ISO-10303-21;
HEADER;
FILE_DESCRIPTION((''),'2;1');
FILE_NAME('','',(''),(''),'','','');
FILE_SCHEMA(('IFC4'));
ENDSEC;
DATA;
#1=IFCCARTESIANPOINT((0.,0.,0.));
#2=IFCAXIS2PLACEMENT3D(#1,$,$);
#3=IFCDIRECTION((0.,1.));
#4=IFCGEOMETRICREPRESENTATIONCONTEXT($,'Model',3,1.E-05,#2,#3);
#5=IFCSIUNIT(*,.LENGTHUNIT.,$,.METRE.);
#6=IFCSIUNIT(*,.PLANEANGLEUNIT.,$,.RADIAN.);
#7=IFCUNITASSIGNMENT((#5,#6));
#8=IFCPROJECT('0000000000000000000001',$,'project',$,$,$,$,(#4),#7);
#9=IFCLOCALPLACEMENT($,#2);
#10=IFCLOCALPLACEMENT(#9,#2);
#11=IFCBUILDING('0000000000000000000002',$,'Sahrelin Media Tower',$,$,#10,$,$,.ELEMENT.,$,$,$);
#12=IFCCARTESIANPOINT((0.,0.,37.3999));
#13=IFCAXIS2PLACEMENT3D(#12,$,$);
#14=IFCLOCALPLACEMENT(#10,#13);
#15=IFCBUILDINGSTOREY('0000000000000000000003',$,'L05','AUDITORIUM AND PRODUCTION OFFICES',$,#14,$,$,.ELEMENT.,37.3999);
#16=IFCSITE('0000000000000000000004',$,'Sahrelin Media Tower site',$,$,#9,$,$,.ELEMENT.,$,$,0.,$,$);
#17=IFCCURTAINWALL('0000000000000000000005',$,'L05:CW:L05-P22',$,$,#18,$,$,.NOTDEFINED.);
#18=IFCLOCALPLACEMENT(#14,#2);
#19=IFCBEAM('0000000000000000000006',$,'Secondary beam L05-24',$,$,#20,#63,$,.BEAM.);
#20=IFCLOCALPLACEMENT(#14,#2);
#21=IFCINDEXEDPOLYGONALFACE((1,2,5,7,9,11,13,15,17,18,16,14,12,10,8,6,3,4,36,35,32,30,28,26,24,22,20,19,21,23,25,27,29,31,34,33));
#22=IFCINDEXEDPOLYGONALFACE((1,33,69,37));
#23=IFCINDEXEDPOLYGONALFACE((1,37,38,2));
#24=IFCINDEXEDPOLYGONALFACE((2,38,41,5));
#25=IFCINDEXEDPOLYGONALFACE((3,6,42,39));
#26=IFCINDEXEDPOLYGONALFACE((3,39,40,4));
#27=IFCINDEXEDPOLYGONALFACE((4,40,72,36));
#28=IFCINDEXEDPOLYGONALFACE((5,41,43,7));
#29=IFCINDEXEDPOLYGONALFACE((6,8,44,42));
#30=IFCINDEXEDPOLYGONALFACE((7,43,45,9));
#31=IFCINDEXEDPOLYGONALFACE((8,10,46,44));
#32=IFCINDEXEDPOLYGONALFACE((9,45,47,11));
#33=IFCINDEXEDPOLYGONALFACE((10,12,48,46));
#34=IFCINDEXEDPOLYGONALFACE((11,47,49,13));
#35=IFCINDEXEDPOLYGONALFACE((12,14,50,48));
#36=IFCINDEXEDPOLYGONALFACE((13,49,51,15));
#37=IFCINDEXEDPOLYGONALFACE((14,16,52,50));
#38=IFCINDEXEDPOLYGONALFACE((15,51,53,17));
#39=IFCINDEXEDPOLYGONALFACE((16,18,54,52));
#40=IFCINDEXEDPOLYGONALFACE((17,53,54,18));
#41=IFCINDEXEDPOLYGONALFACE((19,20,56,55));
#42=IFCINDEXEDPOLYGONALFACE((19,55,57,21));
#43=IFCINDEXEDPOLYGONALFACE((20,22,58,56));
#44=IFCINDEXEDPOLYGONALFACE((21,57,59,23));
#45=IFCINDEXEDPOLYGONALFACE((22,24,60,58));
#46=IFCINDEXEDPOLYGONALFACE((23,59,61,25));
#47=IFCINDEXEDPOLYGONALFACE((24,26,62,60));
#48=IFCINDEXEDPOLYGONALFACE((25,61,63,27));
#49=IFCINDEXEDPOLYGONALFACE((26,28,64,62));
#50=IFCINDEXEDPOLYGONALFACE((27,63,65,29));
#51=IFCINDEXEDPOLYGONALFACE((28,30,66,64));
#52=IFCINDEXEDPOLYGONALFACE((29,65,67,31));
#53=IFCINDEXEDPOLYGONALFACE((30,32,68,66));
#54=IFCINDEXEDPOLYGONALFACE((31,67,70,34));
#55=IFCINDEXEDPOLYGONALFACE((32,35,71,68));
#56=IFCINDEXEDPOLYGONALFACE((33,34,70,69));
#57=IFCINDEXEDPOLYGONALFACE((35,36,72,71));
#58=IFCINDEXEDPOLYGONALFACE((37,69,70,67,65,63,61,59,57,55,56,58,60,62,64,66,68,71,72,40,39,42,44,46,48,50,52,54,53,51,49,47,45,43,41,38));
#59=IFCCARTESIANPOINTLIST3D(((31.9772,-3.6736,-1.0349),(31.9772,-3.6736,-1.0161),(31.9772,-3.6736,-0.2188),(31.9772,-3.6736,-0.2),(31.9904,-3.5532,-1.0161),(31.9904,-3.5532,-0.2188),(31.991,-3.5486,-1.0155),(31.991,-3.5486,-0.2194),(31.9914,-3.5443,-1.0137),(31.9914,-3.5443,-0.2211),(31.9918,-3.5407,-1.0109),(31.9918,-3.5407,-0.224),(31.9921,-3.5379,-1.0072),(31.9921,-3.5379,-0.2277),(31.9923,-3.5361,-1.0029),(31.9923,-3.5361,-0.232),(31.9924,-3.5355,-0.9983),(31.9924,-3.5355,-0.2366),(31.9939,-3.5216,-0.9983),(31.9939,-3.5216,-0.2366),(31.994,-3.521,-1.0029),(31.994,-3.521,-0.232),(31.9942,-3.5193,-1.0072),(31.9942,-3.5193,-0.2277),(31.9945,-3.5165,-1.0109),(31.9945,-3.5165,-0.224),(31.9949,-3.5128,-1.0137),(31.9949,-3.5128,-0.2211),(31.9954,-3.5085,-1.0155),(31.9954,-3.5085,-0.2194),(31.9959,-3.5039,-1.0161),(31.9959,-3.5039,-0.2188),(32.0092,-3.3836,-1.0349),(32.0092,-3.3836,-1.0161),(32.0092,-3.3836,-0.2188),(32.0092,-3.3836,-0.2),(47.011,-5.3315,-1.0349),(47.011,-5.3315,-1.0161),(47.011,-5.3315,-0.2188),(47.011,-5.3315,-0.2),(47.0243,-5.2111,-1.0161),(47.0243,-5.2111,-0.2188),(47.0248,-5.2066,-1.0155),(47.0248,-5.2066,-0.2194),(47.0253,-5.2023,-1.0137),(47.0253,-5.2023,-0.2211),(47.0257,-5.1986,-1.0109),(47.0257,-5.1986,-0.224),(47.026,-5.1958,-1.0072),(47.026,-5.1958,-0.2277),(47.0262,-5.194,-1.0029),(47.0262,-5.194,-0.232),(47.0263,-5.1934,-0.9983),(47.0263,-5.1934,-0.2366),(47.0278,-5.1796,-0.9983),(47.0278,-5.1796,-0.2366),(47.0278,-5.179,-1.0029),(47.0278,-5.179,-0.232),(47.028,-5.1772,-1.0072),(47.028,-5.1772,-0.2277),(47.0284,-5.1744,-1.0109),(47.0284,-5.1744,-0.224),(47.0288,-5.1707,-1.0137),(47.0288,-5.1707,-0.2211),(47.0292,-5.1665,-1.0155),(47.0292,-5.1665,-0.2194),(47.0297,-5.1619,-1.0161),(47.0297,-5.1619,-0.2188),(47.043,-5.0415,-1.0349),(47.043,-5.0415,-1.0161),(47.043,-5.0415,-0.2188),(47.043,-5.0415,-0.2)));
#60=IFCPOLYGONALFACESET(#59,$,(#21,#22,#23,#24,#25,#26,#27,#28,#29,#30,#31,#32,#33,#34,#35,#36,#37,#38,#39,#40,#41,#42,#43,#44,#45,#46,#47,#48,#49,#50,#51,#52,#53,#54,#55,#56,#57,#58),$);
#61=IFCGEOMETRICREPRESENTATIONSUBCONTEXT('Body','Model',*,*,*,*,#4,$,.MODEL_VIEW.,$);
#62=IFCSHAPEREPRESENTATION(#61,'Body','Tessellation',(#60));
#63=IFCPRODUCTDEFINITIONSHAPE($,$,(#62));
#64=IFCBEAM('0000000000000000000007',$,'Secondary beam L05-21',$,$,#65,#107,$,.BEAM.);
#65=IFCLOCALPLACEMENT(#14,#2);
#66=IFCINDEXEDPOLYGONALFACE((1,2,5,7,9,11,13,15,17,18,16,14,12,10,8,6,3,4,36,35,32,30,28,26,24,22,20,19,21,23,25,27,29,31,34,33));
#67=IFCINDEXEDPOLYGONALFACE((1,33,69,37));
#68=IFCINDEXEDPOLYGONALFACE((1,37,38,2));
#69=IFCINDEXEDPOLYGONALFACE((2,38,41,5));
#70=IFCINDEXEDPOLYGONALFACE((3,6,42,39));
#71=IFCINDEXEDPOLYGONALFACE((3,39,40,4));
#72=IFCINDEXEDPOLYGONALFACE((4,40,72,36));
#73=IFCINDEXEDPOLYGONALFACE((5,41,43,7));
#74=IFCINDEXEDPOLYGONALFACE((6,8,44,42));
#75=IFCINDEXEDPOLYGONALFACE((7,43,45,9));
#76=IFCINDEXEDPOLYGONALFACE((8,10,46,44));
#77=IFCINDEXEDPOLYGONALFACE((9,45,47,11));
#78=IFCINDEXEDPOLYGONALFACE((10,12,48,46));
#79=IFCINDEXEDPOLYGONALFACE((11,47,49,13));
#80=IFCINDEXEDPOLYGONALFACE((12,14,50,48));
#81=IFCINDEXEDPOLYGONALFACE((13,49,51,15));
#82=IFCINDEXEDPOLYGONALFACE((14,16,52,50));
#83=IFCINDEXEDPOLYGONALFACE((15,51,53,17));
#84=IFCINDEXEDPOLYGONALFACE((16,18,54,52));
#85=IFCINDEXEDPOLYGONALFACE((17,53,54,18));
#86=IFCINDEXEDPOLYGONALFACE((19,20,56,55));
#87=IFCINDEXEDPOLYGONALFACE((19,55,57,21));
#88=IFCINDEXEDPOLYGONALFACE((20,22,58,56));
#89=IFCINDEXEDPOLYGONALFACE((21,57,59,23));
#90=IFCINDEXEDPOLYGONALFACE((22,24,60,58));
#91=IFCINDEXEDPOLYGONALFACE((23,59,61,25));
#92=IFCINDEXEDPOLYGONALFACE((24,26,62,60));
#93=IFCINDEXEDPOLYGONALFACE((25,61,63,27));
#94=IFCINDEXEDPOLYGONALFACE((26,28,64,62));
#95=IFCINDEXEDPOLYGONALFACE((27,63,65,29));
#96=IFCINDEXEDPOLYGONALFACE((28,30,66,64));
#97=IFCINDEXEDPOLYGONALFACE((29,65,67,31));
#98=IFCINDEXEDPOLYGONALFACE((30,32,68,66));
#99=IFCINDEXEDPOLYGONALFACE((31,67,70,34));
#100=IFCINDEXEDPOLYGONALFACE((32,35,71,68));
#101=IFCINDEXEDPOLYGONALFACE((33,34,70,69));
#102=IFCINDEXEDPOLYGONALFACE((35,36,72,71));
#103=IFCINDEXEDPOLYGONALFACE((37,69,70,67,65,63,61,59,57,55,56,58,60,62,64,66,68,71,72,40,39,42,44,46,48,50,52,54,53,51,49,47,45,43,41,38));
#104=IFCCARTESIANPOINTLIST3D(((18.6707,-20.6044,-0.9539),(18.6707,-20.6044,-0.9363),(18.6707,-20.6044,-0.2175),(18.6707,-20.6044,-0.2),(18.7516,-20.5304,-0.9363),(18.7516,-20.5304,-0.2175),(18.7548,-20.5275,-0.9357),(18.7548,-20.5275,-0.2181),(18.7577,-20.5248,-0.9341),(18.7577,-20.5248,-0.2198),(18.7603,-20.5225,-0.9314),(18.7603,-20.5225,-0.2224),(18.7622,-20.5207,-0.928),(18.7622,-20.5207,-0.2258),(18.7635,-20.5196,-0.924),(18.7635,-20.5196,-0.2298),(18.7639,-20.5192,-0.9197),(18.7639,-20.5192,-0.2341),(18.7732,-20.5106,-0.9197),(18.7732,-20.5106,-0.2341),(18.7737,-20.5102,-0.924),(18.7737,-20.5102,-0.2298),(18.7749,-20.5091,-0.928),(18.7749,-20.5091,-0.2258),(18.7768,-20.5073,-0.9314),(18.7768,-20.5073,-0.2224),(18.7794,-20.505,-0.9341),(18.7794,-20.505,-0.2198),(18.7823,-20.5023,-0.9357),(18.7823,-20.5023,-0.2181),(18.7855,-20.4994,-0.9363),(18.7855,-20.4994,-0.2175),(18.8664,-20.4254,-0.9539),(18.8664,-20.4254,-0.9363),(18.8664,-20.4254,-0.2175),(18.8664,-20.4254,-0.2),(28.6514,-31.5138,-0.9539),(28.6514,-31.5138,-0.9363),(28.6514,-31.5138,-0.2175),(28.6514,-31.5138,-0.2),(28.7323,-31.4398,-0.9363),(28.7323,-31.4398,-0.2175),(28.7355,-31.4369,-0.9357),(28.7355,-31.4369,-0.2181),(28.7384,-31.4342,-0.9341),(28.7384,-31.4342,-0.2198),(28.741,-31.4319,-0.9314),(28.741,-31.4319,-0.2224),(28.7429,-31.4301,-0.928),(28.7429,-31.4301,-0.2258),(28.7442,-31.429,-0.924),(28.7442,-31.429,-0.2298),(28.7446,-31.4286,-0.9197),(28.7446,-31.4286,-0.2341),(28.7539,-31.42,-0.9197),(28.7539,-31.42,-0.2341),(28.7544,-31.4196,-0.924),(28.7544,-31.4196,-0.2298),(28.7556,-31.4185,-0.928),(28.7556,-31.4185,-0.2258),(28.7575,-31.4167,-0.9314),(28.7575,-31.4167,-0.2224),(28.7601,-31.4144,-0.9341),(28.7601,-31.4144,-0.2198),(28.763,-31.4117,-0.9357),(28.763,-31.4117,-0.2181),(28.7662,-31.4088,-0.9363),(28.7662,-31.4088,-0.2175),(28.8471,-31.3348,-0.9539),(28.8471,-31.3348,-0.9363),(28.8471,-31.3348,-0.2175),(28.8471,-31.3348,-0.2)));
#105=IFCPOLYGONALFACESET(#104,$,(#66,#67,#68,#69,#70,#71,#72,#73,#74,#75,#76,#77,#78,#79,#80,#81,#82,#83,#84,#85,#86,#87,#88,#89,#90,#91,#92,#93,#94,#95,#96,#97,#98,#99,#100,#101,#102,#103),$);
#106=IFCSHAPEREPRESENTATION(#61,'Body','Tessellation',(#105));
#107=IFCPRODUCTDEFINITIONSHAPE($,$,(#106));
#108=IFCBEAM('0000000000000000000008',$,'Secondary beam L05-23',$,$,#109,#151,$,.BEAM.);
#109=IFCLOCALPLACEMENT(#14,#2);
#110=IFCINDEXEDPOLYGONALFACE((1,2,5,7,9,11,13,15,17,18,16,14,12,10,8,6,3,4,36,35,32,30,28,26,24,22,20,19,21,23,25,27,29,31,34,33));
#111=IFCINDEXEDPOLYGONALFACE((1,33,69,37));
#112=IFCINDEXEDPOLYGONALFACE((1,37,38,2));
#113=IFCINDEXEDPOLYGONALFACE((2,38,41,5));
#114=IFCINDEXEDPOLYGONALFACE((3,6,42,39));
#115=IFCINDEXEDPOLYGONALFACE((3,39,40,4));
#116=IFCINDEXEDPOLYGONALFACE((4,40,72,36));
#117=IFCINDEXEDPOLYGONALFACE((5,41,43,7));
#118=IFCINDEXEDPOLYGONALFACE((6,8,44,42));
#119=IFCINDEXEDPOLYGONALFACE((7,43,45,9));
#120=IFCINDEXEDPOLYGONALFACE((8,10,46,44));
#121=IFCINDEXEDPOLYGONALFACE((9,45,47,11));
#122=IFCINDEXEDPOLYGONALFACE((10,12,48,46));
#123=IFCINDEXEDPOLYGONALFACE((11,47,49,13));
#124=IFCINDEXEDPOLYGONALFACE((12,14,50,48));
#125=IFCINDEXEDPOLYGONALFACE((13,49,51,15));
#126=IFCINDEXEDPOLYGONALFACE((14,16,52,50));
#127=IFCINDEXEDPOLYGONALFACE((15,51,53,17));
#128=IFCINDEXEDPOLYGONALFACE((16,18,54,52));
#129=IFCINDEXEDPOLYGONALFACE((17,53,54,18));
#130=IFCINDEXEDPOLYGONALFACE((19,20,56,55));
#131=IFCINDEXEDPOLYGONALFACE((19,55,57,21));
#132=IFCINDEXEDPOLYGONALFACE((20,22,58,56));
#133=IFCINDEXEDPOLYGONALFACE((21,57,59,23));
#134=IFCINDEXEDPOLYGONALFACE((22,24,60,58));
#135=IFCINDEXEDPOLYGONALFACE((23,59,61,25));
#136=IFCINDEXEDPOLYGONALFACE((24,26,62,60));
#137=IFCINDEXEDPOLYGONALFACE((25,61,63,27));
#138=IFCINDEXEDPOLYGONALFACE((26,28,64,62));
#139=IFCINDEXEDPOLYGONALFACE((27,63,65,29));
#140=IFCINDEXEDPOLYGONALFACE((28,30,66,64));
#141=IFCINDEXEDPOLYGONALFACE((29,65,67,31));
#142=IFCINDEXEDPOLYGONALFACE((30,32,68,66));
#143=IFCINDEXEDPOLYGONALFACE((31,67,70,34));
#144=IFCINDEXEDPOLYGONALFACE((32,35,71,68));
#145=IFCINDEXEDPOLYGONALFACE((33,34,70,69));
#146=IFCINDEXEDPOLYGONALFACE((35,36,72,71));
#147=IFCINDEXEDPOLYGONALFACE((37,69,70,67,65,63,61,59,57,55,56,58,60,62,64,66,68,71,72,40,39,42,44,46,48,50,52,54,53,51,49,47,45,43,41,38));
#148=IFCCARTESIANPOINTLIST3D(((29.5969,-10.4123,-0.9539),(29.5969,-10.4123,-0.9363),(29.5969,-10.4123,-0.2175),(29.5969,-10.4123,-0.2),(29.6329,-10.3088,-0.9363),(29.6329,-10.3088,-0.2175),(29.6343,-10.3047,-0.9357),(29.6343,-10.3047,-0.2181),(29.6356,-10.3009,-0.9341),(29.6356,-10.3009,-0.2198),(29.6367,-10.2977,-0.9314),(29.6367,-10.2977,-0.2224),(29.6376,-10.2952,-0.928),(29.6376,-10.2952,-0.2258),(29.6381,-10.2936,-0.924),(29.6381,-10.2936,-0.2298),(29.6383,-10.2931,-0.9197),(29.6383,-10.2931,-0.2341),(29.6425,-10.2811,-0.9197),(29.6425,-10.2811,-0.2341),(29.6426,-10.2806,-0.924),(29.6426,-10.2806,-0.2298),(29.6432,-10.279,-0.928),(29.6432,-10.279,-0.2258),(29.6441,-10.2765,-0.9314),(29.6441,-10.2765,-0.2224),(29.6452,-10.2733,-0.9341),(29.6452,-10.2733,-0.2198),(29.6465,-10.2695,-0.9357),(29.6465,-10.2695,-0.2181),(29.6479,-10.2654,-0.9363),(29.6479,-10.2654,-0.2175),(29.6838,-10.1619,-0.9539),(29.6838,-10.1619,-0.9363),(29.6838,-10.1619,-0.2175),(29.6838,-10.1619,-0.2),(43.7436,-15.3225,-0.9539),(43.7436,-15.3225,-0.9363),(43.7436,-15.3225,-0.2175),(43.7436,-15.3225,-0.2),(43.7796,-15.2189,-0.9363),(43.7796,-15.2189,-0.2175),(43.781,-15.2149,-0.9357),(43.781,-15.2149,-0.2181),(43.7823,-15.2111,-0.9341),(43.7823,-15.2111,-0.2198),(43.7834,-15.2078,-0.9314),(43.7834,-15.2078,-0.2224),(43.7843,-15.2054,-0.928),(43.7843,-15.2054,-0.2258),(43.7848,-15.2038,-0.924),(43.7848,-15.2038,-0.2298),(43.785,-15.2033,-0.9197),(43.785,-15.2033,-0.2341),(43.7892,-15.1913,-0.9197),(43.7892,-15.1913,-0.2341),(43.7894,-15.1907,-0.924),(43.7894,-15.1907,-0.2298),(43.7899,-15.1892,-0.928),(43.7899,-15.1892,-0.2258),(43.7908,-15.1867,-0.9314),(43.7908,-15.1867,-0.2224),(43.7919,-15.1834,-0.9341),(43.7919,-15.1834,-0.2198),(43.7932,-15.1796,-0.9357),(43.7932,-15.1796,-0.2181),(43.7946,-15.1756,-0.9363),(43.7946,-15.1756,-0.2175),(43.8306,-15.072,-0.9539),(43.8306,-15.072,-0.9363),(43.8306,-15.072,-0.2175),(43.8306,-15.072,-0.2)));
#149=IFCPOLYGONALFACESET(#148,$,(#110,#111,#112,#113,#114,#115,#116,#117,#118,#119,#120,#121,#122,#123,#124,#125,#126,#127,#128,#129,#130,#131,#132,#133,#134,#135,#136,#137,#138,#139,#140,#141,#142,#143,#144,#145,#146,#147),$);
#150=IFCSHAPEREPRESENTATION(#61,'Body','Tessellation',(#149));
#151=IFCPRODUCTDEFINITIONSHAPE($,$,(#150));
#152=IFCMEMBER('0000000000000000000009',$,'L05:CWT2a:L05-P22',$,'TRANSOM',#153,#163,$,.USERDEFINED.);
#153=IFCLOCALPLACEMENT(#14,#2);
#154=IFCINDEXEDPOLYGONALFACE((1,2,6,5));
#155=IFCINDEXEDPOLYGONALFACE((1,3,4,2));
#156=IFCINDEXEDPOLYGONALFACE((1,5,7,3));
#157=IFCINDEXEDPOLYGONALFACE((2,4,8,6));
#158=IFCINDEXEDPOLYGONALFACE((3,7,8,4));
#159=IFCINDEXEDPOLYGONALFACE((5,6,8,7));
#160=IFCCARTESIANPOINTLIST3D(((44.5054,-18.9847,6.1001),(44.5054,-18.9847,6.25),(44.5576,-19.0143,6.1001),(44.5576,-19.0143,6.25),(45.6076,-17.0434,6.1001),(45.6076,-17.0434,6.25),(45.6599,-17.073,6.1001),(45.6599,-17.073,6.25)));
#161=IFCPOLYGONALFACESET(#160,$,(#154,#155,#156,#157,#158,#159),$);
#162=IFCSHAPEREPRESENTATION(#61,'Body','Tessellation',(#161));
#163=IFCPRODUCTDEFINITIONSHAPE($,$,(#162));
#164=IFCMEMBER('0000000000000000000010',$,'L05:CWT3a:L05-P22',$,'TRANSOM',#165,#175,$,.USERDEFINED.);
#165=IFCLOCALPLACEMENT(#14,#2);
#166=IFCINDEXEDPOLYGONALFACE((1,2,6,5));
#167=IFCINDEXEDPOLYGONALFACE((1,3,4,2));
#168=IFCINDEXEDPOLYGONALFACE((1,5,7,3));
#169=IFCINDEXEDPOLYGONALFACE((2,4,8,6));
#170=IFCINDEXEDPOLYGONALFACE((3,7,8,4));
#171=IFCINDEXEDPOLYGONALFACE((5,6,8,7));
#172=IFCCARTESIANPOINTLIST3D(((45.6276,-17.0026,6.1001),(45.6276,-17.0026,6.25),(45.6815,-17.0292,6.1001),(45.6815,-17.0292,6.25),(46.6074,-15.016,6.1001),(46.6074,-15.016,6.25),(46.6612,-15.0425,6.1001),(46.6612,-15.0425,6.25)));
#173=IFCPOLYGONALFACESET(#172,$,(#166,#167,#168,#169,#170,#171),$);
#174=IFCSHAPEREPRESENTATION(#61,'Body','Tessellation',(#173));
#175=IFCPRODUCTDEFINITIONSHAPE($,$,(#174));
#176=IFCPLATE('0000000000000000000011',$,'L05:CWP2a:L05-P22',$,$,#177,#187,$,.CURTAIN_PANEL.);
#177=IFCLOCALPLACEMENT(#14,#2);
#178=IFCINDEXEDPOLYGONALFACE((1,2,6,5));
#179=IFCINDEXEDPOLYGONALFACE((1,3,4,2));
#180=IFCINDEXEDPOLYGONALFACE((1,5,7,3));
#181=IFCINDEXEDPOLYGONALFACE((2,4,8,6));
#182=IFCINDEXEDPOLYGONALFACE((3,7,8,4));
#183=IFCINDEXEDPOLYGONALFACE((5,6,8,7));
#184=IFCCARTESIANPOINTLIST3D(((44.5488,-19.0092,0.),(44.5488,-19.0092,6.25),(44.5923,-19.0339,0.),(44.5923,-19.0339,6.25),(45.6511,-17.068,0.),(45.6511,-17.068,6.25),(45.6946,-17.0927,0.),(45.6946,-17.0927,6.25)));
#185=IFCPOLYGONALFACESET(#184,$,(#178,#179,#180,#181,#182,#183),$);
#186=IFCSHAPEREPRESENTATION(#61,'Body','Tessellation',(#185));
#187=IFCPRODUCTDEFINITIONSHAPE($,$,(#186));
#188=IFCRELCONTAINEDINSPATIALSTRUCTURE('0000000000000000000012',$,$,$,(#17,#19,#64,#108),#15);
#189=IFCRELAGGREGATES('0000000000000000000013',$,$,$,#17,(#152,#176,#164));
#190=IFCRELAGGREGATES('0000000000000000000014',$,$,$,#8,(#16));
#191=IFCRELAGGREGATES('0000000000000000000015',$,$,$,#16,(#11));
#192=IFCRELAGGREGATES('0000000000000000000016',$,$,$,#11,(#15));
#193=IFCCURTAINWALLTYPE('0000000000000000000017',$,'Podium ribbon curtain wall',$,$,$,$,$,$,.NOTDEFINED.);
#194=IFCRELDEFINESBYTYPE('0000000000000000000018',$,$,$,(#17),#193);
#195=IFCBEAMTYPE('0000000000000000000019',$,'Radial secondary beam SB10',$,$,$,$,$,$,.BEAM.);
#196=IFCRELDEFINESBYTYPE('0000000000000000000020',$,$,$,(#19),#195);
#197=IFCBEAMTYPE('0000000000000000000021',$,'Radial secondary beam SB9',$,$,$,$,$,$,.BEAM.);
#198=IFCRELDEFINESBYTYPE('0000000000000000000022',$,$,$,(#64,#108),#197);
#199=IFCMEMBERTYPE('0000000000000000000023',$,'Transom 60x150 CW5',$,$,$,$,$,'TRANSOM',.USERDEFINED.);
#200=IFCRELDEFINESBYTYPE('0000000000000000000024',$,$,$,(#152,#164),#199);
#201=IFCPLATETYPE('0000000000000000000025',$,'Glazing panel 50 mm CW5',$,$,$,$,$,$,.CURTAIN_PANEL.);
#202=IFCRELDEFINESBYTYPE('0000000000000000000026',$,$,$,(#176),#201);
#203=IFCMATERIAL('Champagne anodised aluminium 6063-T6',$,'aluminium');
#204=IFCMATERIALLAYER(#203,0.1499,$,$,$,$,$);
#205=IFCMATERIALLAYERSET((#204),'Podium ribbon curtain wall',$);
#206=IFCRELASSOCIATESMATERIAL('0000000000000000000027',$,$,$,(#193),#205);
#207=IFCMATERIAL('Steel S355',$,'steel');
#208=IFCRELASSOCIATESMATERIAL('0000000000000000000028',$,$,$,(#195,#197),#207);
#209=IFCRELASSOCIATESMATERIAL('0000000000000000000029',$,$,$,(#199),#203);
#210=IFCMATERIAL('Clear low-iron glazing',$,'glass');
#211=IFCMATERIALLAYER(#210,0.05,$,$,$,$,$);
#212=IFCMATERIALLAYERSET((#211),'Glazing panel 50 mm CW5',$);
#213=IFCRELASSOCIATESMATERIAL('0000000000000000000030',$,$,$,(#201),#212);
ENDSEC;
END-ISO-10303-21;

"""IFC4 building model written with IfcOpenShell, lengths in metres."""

from ifc_helpers import new_model, si_unit, direction, frame, origin, origin_2d, place, context, subcontext, project, spatial, polyline, rectangle, i_section, outline, extrude, material, layer, layer_set, material_profile, profile_set, type_object, element, aggregate, save


model = new_model("IFC4")

# Units and contexts
model_context = context("Model", 3, precision=1e-05, world=origin(), true_north=direction((0.0, 1.0)))
body_context = subcontext(model_context, "Body", "Model", "MODEL_VIEW")
ifc_project = project(units=[si_unit("LENGTHUNIT", "METRE"), si_unit("PLANEANGLEUNIT", "RADIAN")], contexts=[model_context])

# Site, building, storey
site_placement = place(None, origin())
site = spatial("IfcSite", under=ifc_project, at=site_placement, Name="Sahrelin Media Tower site", CompositionType="ELEMENT", RefElevation=0.0)
building_placement = place(site_placement, origin())
building = spatial("IfcBuilding", under=site, at=building_placement, Name="Sahrelin Media Tower", CompositionType="ELEMENT")
storey_placement = place(building_placement, frame((0.0, 0.0, 37.3999)))
storey = spatial("IfcBuildingStorey", under=building, at=storey_placement, Name="L05", Description="AUDITORIUM AND PRODUCTION OFFICES", CompositionType="ELEMENT", Elevation=37.3999)

# Curtain wall
ifc_material_1 = material(Name="Champagne anodised aluminium 6063-T6", Category="aluminium")
ifc_layer_1 = layer(ifc_material_1, 0.1499)
ifc_layer_set_1 = layer_set([ifc_layer_1], Name="Podium ribbon curtain wall")
curtain_wall_type = type_object("IfcCurtainWallType", Name="Podium ribbon curtain wall", PredefinedType="NOTDEFINED", material=ifc_layer_set_1)
curtain_wall_placement = place(storey_placement, frame((43.3013, -21.0, 0.0), z_axis=(0.0, 0.0, 1.0), x_axis=(1.0, 0.0, 0.0)))
curtain_wall = element("IfcCurtainWall", 1, at=curtain_wall_placement, inside=storey, type_object=curtain_wall_type, Name="L05:CW:L05-P22", PredefinedType="NOTDEFINED")

# Beams
ifc_material_2 = material(Name="Steel S355", Category="steel")
ifc_material_profile_1 = material_profile(ifc_material_2, i_section(OverallWidth=0.2917, OverallDepth=0.835, WebThickness=0.0139, FlangeThickness=0.0188, FilletRadius=0.0178, at=origin_2d()), Name="UB 838x292x176")
ifc_profile_set_1 = profile_set([ifc_material_profile_1], Name="Steel S355")
beam_type_1 = type_object("IfcBeamType", Name="Radial secondary beam SB10", PredefinedType="BEAM", material=ifc_profile_set_1)
beam_1_placement = place(storey_placement, frame((31.9932, -3.5286, -0.6174), z_axis=(0.993974, -0.109617, 0.0), x_axis=(0.109617, 0.993974, 0.0)))
element("IfcBeam", 2, at=beam_1_placement, inside=storey, type_object=beam_type_1, Name="Secondary beam L05-24", PredefinedType="BEAM", context=body_context, shape_type="SweptSolid", body=[
    extrude(i_section(OverallWidth=0.2917, OverallDepth=0.835, WebThickness=0.0139, FlangeThickness=0.0188, FilletRadius=0.0178, at=origin_2d()), origin(), (0.0, 0.0, 1.0), 15.125),
])
ifc_material_profile_2 = material_profile(ifc_material_2, i_section(OverallWidth=0.2651, OverallDepth=0.7539, WebThickness=0.0127, FlangeThickness=0.0176, FilletRadius=0.0166, at=origin_2d()), Name="UB 762x267x147")
ifc_profile_set_2 = profile_set([ifc_material_profile_2], Name="Steel S355")
beam_type_2 = type_object("IfcBeamType", Name="Radial secondary beam SB9", PredefinedType="BEAM", material=ifc_profile_set_2)
beam_2_placement = place(storey_placement, frame((18.7686, -20.5149, -0.5769), z_axis=(0.675004, -0.737814, 0.0), x_axis=(0.737814, 0.675004, 0.0)))
element("IfcBeam", 3, at=beam_2_placement, inside=storey, type_object=beam_type_2, Name="Secondary beam L05-21", PredefinedType="BEAM", context=body_context, shape_type="SweptSolid", body=[
    extrude(i_section(OverallWidth=0.2651, OverallDepth=0.7539, WebThickness=0.0127, FlangeThickness=0.0176, FilletRadius=0.0166, at=origin_2d()), origin(), (0.0, 0.0, 1.0), 14.7861),
])
beam_3_placement = place(storey_placement, frame((29.6404, -10.2871, -0.5769), z_axis=(0.944713, -0.327898, 0.0), x_axis=(0.327898, 0.944713, 0.0)))
element("IfcBeam", 4, at=beam_3_placement, inside=storey, type_object=beam_type_2, Name="Secondary beam L05-23", PredefinedType="BEAM", context=body_context, shape_type="SweptSolid", body=[
    extrude(i_section(OverallWidth=0.2651, OverallDepth=0.7539, WebThickness=0.0127, FlangeThickness=0.0176, FilletRadius=0.0166, at=origin_2d()), origin(), (0.0, 0.0, 1.0), 14.9746),
])

# Members
ifc_material_profile_3 = material_profile(ifc_material_1, rectangle(XDim=0.0601, YDim=0.1499, at=origin_2d()), Name="Transom 60x150")
ifc_profile_set_3 = profile_set([ifc_material_profile_3], Name="Champagne anodised aluminium 6063-T6")
member_type_1 = type_object("IfcMemberType", Name="Transom 60x150 CW5", ElementType="TRANSOM", PredefinedType="USERDEFINED", material=ifc_profile_set_3)
member_1_placement = place(storey_placement, frame((44.5315, -18.9995, 6.175), z_axis=(0.493746, 0.869606, 0.0), x_axis=(-0.869606, 0.493746, 0.0)))
member_1 = element("IfcMember", 5, at=member_1_placement, type_object=member_type_1, Name="L05:CWT2a:L05-P22", ObjectType="TRANSOM", PredefinedType="USERDEFINED", context=body_context, shape_type="SweptSolid", body=[
    extrude(rectangle(XDim=0.0601, YDim=0.1499, at=origin_2d()), origin(), (0.0, 0.0, 1.0), 2.2324),
])
member_2_placement = place(storey_placement, frame((45.6545, -17.0159, 6.175), z_axis=(0.442313, 0.896861, 0.0), x_axis=(-0.896861, 0.442313, 0.0)))
member_2 = element("IfcMember", 6, at=member_2_placement, type_object=member_type_1, Name="L05:CWT3a:L05-P22", ObjectType="TRANSOM", PredefinedType="USERDEFINED", context=body_context, shape_type="SweptSolid", body=[
    extrude(rectangle(XDim=0.0601, YDim=0.1499, at=origin_2d()), origin(), (0.0, 0.0, 1.0), 2.2151),
])

# Plate
ifc_material_3 = material(Name="Clear low-iron glazing", Category="glass")
ifc_layer_2 = layer(ifc_material_3, 0.05)
ifc_layer_set_2 = layer_set([ifc_layer_2], Name="Glazing panel 50 mm CW5")
plate_type = type_object("IfcPlateType", Name="Glazing panel 50 mm CW5", PredefinedType="CURTAIN_PANEL", material=ifc_layer_set_2)
plate_1_placement = place(storey_placement, frame((44.5923, -19.0339, 0.0), z_axis=(0.869579, -0.493793, 0.0), x_axis=(0.493793, 0.869579, 0.0)))
plate_1 = element("IfcPlate", 7, at=plate_1_placement, type_object=plate_type, Name="L05:CWP2a:L05-P22", PredefinedType="CURTAIN_PANEL", context=body_context, shape_type="SweptSolid", body=[
    extrude(outline(polyline([(0.0, 0.0), (2.2324, 0.0), (2.2324, 6.25), (0.0, 6.25), (0.0, 0.0)])), origin(), (0.0, 0.0, -1.0), 0.05),
])
aggregate(curtain_wall, [member_1, plate_1, member_2])

save(model, "model.ifc")
